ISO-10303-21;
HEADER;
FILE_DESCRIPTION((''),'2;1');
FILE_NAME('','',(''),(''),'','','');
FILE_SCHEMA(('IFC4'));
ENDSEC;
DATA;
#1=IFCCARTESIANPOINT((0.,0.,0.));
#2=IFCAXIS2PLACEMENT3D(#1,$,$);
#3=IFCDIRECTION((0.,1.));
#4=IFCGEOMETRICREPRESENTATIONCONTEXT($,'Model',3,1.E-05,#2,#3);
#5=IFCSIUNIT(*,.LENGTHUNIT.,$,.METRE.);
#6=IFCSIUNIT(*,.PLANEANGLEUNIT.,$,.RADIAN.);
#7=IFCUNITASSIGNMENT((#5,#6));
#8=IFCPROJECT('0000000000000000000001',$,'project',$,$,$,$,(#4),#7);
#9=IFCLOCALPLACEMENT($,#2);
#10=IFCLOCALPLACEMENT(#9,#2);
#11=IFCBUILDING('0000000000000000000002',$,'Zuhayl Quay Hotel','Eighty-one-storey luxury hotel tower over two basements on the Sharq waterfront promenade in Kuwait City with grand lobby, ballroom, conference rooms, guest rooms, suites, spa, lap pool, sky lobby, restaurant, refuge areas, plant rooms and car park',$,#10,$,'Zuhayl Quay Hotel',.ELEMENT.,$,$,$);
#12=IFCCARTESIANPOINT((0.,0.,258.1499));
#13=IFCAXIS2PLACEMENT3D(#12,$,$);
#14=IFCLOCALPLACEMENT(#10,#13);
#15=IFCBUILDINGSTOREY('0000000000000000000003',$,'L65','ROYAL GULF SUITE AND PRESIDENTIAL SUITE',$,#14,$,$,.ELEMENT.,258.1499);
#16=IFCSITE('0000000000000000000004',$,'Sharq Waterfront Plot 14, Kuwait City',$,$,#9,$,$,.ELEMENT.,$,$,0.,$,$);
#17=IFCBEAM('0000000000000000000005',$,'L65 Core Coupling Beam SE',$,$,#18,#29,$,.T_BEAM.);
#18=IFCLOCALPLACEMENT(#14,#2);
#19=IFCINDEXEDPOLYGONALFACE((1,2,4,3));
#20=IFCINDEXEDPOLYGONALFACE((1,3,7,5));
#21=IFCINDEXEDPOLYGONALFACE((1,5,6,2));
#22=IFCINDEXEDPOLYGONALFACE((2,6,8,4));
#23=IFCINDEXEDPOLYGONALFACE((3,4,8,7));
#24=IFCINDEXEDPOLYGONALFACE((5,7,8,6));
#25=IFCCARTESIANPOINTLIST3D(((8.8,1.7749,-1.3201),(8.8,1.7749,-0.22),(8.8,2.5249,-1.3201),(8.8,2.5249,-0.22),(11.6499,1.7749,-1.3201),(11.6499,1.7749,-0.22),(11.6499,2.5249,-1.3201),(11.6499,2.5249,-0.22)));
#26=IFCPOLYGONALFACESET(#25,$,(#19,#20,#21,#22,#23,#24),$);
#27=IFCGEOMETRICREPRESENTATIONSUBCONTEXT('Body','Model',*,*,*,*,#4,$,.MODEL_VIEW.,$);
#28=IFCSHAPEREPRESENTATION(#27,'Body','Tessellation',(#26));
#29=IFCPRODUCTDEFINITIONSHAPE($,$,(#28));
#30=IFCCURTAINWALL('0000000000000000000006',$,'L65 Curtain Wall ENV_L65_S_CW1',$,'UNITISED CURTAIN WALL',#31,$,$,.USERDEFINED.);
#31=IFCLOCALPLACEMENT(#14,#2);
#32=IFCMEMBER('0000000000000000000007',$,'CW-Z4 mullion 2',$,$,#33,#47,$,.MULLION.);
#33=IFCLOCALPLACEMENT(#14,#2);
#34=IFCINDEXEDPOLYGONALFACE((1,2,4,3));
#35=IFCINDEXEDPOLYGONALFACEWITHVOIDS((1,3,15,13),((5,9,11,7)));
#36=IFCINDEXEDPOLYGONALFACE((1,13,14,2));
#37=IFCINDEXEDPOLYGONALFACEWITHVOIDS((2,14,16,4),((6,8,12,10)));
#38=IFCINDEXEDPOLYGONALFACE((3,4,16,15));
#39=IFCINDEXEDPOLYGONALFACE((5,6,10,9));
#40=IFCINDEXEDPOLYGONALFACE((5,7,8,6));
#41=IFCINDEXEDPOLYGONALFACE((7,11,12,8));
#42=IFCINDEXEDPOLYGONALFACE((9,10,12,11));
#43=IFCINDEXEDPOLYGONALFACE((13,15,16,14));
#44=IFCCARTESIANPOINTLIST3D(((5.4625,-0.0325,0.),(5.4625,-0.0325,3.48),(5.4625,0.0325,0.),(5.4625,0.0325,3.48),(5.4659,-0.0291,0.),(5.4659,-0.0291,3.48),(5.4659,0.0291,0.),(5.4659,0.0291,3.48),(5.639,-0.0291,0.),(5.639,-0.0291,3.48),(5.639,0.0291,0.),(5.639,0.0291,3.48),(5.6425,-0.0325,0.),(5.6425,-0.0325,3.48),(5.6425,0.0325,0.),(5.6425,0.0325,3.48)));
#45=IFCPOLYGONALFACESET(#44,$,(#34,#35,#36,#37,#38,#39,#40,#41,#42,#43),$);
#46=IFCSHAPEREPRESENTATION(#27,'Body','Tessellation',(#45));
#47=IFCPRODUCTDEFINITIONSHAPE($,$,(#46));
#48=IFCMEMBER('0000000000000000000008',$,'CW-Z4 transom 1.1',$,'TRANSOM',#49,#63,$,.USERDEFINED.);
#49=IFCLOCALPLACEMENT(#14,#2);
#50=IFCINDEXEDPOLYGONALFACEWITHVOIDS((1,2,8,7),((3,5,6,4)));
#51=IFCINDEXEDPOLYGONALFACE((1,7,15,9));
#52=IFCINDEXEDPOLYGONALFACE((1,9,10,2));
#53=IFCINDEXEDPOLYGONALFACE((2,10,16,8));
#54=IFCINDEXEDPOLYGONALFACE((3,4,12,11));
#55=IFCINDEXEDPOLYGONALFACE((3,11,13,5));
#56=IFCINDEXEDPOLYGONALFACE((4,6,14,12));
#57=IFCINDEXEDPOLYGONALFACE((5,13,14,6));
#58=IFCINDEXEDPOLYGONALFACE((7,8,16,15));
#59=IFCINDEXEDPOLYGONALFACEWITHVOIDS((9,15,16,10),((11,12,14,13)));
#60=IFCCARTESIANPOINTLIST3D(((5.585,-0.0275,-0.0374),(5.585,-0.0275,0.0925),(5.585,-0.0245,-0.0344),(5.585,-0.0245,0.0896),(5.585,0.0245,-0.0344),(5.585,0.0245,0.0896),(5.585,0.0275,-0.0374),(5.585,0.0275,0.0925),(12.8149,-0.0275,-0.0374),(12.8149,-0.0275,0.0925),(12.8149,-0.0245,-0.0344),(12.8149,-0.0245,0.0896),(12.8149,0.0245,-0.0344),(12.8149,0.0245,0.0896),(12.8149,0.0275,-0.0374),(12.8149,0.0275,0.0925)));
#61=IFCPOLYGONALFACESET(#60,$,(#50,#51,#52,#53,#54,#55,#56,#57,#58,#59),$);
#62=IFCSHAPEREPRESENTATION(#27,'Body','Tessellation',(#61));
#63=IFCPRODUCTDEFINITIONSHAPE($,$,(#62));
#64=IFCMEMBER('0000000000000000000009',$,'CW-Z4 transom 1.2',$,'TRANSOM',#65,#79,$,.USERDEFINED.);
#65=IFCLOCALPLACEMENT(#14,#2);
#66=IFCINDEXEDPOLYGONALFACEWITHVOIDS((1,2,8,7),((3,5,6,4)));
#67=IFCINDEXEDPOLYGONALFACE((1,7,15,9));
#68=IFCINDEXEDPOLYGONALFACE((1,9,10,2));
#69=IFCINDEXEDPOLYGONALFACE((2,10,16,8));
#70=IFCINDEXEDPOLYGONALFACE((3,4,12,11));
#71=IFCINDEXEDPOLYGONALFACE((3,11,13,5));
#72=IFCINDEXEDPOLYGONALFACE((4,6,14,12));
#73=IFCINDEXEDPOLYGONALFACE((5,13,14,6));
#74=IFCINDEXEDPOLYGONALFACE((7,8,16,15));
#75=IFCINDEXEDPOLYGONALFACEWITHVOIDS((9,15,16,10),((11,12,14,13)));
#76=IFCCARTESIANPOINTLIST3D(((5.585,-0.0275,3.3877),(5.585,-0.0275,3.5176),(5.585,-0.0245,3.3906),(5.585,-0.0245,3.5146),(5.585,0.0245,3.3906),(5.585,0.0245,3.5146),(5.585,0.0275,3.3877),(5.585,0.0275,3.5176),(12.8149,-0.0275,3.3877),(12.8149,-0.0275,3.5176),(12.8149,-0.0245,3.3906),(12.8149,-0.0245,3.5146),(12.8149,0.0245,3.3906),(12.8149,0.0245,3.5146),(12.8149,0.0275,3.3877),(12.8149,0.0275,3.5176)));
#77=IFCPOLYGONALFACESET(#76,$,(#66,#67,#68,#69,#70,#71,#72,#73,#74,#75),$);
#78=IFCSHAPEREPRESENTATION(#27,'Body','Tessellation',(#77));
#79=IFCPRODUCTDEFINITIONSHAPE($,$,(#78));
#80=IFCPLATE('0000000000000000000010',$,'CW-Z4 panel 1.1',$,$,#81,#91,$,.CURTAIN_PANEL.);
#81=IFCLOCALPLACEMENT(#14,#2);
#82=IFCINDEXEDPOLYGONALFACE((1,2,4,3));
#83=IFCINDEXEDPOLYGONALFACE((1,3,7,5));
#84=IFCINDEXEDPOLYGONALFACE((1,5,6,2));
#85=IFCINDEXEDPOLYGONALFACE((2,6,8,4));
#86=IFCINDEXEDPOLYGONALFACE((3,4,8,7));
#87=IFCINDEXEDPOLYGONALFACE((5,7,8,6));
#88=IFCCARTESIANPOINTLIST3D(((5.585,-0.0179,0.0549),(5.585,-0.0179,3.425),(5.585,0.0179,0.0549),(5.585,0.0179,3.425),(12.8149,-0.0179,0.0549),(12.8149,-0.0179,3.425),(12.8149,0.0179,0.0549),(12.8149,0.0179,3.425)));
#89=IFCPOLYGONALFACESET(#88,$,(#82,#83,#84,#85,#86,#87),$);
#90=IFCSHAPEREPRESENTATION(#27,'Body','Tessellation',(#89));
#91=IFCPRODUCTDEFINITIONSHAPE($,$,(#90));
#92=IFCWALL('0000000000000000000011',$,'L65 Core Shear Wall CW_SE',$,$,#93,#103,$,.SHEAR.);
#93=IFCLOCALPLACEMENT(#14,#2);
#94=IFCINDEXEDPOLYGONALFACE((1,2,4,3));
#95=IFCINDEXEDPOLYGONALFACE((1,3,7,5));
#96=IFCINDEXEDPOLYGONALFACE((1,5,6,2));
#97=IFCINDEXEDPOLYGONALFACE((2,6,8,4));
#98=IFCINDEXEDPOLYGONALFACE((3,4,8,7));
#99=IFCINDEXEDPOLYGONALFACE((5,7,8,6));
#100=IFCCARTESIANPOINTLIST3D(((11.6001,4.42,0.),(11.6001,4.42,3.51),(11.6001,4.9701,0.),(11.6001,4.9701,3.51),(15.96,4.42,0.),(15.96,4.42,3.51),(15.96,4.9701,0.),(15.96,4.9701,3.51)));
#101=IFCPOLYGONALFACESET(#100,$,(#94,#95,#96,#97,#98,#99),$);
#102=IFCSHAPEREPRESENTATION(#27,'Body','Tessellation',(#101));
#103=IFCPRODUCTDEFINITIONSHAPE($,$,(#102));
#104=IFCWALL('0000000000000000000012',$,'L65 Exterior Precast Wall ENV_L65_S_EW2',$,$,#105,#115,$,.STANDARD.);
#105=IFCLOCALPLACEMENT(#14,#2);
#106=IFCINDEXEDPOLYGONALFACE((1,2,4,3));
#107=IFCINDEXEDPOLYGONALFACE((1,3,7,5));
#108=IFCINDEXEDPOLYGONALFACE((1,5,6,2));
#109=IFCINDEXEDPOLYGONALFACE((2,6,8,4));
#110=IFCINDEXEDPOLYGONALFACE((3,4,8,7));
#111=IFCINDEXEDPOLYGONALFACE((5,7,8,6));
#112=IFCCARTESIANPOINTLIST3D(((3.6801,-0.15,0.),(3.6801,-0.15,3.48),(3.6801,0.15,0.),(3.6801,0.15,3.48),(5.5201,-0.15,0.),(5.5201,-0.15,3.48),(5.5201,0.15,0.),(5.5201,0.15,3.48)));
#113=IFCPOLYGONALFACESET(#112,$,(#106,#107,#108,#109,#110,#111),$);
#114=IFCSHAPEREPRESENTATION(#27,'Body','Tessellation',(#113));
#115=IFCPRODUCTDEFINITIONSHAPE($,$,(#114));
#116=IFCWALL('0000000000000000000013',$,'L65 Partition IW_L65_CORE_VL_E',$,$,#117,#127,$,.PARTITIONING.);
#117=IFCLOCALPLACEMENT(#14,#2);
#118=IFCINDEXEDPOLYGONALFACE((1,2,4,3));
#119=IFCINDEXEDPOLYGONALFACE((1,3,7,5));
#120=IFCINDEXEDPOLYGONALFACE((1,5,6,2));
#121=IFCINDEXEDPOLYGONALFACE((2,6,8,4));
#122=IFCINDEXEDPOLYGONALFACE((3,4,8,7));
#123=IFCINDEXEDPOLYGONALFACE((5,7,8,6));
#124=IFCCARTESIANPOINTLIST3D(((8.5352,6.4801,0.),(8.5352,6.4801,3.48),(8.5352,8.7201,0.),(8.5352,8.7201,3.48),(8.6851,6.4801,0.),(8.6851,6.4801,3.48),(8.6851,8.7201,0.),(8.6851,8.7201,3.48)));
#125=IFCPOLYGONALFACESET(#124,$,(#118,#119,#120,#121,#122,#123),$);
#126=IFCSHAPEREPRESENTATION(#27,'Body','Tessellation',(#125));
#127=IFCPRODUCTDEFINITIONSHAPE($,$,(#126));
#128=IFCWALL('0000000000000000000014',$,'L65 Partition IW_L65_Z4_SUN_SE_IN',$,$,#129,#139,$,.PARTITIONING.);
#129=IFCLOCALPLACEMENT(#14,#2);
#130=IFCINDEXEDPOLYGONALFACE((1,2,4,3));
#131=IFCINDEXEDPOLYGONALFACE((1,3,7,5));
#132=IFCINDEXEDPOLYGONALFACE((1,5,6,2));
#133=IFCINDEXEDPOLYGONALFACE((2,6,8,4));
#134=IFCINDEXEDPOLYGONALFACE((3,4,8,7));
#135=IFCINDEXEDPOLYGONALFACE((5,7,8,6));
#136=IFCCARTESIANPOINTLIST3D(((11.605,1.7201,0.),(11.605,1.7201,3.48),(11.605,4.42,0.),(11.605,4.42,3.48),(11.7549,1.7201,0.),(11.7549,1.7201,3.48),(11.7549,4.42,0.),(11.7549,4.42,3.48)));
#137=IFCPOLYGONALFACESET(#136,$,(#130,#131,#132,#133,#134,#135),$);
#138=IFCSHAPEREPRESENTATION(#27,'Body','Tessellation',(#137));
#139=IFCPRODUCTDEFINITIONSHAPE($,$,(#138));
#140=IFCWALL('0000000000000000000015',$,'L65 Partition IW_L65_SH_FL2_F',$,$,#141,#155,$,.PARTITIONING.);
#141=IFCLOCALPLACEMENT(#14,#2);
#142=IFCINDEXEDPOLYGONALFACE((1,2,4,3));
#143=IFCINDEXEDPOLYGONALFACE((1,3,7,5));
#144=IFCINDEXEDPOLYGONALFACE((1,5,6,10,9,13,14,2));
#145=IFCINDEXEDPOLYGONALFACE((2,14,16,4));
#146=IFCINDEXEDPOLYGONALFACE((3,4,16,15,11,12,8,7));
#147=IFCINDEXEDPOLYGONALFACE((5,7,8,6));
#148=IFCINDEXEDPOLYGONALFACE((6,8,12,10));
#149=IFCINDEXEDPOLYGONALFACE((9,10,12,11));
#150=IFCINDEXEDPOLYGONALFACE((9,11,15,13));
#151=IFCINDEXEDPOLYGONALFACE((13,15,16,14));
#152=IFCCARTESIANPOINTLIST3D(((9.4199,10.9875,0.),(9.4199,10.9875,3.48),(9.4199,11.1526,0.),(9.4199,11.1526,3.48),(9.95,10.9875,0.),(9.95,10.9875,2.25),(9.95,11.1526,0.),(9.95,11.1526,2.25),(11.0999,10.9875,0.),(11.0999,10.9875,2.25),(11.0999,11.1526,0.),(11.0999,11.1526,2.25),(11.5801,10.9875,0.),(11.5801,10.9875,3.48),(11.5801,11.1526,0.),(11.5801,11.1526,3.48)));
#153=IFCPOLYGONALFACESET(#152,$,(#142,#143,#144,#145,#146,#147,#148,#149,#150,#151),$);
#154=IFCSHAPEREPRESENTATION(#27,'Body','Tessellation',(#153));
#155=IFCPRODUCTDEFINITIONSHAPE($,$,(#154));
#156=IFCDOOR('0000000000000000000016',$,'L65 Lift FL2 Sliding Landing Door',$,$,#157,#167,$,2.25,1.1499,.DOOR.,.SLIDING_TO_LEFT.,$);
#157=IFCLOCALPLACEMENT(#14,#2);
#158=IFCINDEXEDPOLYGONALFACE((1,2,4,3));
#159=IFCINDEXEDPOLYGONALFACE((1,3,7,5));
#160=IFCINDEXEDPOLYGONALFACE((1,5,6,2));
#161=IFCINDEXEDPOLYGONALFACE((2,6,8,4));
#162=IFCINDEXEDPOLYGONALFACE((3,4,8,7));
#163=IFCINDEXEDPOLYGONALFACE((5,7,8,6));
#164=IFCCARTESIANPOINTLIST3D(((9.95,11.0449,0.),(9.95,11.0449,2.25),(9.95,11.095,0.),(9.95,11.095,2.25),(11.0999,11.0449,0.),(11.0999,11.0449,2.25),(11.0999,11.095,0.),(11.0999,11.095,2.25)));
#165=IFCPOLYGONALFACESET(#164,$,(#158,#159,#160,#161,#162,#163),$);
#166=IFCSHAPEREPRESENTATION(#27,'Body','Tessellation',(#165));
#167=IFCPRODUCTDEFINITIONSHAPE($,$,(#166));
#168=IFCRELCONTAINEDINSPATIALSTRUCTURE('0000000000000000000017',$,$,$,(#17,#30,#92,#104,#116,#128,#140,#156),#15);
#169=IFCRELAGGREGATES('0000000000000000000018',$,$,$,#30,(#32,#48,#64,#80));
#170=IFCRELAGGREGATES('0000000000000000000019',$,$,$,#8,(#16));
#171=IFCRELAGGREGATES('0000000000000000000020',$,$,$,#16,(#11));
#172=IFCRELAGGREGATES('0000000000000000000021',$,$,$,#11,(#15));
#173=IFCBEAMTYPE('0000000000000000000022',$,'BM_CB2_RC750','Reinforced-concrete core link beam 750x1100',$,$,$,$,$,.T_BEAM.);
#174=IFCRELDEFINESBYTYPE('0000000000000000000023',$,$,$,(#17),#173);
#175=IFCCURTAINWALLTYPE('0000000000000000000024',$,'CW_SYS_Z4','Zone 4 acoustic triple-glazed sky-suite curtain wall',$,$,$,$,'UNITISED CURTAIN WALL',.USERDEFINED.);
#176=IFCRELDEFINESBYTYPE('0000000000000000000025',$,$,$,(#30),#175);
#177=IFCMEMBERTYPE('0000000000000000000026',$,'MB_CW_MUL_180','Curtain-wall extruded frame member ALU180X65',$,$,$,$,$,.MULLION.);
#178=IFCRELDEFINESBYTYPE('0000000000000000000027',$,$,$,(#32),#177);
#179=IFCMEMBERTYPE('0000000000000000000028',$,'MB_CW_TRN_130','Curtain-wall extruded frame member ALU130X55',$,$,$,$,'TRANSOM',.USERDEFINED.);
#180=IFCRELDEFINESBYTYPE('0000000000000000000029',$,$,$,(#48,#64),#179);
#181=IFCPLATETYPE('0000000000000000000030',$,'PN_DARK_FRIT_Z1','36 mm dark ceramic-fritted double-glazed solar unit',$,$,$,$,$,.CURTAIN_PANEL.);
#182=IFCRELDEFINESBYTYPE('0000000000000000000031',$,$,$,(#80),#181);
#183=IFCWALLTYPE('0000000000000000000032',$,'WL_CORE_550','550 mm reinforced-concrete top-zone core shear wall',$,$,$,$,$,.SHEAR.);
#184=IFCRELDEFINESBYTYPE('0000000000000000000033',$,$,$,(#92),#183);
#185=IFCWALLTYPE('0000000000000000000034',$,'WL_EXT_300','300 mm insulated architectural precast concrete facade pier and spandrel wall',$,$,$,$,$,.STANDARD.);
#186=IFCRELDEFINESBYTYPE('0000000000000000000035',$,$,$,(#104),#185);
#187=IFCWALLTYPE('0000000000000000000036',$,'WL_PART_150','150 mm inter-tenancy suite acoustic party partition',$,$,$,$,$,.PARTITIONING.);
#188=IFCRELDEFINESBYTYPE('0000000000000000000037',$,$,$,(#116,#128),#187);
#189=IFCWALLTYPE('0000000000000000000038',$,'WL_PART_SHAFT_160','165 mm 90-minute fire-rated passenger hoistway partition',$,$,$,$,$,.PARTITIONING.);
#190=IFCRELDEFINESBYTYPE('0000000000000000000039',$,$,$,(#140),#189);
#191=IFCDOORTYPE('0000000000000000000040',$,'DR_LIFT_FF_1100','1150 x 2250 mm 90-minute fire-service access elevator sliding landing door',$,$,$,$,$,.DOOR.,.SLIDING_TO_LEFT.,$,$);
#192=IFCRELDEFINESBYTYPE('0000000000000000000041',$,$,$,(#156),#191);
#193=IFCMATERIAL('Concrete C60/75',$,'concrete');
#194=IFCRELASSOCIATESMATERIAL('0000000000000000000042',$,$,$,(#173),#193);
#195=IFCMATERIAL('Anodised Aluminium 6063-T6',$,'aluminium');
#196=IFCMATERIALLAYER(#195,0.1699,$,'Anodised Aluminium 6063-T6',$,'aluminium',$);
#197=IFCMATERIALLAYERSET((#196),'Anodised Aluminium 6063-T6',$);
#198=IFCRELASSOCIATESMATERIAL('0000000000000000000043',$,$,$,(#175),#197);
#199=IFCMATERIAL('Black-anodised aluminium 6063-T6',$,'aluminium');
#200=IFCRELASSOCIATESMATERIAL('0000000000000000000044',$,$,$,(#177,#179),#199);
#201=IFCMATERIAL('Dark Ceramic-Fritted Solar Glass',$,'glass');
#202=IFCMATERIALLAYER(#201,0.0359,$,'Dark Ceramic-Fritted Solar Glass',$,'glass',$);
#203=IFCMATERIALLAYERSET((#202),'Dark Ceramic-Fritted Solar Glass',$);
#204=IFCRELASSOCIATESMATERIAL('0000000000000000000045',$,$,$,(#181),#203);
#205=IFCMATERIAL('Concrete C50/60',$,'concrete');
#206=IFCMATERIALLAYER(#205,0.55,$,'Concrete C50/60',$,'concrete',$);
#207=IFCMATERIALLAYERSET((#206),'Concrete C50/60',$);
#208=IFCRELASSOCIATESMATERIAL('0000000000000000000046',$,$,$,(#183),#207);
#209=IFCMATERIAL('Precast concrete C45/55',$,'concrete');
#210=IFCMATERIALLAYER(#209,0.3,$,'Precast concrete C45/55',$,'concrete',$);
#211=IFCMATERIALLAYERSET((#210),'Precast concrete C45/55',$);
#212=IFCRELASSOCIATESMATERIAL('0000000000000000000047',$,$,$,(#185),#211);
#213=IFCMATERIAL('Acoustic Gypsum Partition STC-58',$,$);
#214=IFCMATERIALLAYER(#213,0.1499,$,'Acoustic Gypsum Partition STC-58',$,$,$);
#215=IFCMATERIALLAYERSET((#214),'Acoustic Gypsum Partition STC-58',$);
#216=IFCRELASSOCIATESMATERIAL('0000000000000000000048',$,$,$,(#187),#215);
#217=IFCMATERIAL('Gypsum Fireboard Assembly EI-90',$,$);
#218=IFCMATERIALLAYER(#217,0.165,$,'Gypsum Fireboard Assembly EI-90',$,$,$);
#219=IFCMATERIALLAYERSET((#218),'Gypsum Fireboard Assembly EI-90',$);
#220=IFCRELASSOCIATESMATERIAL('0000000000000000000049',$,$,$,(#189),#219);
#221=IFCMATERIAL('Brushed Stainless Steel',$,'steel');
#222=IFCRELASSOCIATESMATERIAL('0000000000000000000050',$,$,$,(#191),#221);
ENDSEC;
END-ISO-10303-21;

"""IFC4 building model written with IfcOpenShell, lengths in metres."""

from ifc_helpers import new_model, si_unit, direction, frame, frame_2d, origin, origin_2d, place, context, subcontext, project, spatial, rectangle, hollow_rectangle, extrude, material, layer, layer_set, material_profile, profile_set, type_object, element, fill, aggregate, save


model = new_model("IFC4")

# Units and contexts
model_context = context("Model", 3, precision=1e-05, world=origin(), true_north=direction((0.0, 1.0)))
body_context = subcontext(model_context, "Body", "Model", "MODEL_VIEW")
ifc_project = project(units=[si_unit("LENGTHUNIT", "METRE"), si_unit("PLANEANGLEUNIT", "RADIAN")], contexts=[model_context])

# Site, building, storey
site_placement = place(None, origin())
site = spatial("IfcSite", under=ifc_project, at=site_placement, Name="Sharq Waterfront Plot 14, Kuwait City", CompositionType="ELEMENT", RefElevation=0.0)
building_placement = place(site_placement, origin())
building = spatial("IfcBuilding", under=site, at=building_placement, Name="Zuhayl Quay Hotel", Description="Eighty-one-storey luxury hotel tower over two basements on the Sharq waterfront promenade in Kuwait City with grand lobby, ballroom, conference rooms, guest rooms, suites, spa, lap pool, sky lobby, restaurant, refuge areas, plant rooms and car park", LongName="Zuhayl Quay Hotel", CompositionType="ELEMENT")
storey_placement = place(building_placement, frame((0.0, 0.0, 258.1499)))
storey = spatial("IfcBuildingStorey", under=building, at=storey_placement, Name="L65", Description="ROYAL GULF SUITE AND PRESIDENTIAL SUITE", CompositionType="ELEMENT", Elevation=258.1499)

# Beam
ifc_material_1 = material(Name="Concrete C60/75", Category="concrete")
ifc_material_profile_1 = material_profile(ifc_material_1, rectangle(XDim=0.75, YDim=1.1001, at=origin_2d()), Name="RC750X1100")
ifc_profile_set_1 = profile_set([ifc_material_profile_1], Name="Concrete C60/75")
beam_type = type_object("IfcBeamType", Name="BM_CB2_RC750", Description="Reinforced-concrete core link beam 750x1100", PredefinedType="T_BEAM", material=ifc_profile_set_1)
beam_placement = place(storey_placement, frame((8.8, 2.1499, -0.77), z_axis=(1.0, 0.0, 0.0), x_axis=(0.0, 1.0, 0.0)))
element("IfcBeam", 1, at=beam_placement, inside=storey, type_object=beam_type, Name="L65 Core Coupling Beam SE", PredefinedType="T_BEAM", context=body_context, shape_type="SweptSolid", body=[
    extrude(rectangle(XDim=0.75, YDim=1.1001, at=origin_2d()), origin(), (0.0, 0.0, 1.0), 2.8499),
])

# Curtain wall, members, plate
ifc_material_2 = material(Name="Anodised Aluminium 6063-T6", Category="aluminium")
ifc_layer_1 = layer(ifc_material_2, 0.1699, Name="Anodised Aluminium 6063-T6", Category="aluminium")
ifc_layer_set_1 = layer_set([ifc_layer_1], Name="Anodised Aluminium 6063-T6")
curtain_wall_type = type_object("IfcCurtainWallType", Name="CW_SYS_Z4", Description="Zone 4 acoustic triple-glazed sky-suite curtain wall", ElementType="UNITISED CURTAIN WALL", PredefinedType="USERDEFINED", material=ifc_layer_set_1)
curtain_wall_placement = place(storey_placement, origin())
curtain_wall = element("IfcCurtainWall", 2, at=curtain_wall_placement, inside=storey, type_object=curtain_wall_type, Name="L65 Curtain Wall ENV_L65_S_CW1", ObjectType="UNITISED CURTAIN WALL", PredefinedType="USERDEFINED")
ifc_material_3 = material(Name="Black-anodised aluminium 6063-T6", Category="aluminium")
ifc_material_profile_2 = material_profile(ifc_material_3, hollow_rectangle(XDim=0.0649, YDim=0.1799, WallThickness=0.0034, at=origin_2d()), Name="ALU180X65")
ifc_profile_set_2 = profile_set([ifc_material_profile_2], Name="Black-anodised aluminium 6063-T6")
member_type_1 = type_object("IfcMemberType", Name="MB_CW_MUL_180", Description="Curtain-wall extruded frame member ALU180X65", PredefinedType="MULLION", material=ifc_profile_set_2)
member_1_placement = place(storey_placement, frame((5.5525, 0.0, 0.0), z_axis=(0.0, 0.0, 1.0), x_axis=(0.0, -1.0, 0.0)))
member_1 = element("IfcMember", 3, at=member_1_placement, type_object=member_type_1, Name="CW-Z4 mullion 2", PredefinedType="MULLION", context=body_context, shape_type="SweptSolid", body=[
    extrude(hollow_rectangle(XDim=0.0649, YDim=0.1799, WallThickness=0.0034, at=origin_2d()), origin(), (0.0, 0.0, 1.0), 3.48),
])
ifc_material_profile_3 = material_profile(ifc_material_3, hollow_rectangle(XDim=0.0549, YDim=0.1299, WallThickness=0.0029, at=origin_2d()), Name="ALU130X55")
ifc_profile_set_3 = profile_set([ifc_material_profile_3], Name="Black-anodised aluminium 6063-T6")
member_type_2 = type_object("IfcMemberType", Name="MB_CW_TRN_130", Description="Curtain-wall extruded frame member ALU130X55", ElementType="TRANSOM", PredefinedType="USERDEFINED", material=ifc_profile_set_3)
member_2_placement = place(storey_placement, frame((12.8149, 0.0, 0.0276), z_axis=(-1.0, 0.0, 0.0), x_axis=(0.0, -1.0, 0.0)))
member_2 = element("IfcMember", 4, at=member_2_placement, type_object=member_type_2, Name="CW-Z4 transom 1.1", ObjectType="TRANSOM", PredefinedType="USERDEFINED", context=body_context, shape_type="SweptSolid", body=[
    extrude(hollow_rectangle(XDim=0.0549, YDim=0.1299, WallThickness=0.0029, at=origin_2d()), origin(), (0.0, 0.0, 1.0), 7.23),
])
member_3_placement = place(storey_placement, frame((12.8149, 0.0, 3.4526), z_axis=(-1.0, 0.0, 0.0), x_axis=(0.0, -1.0, 0.0)))
member_3 = element("IfcMember", 5, at=member_3_placement, type_object=member_type_2, Name="CW-Z4 transom 1.2", ObjectType="TRANSOM", PredefinedType="USERDEFINED", context=body_context, shape_type="SweptSolid", body=[
    extrude(hollow_rectangle(XDim=0.0549, YDim=0.1299, WallThickness=0.0029, at=origin_2d()), origin(), (0.0, 0.0, 1.0), 7.23),
])
ifc_material_4 = material(Name="Dark Ceramic-Fritted Solar Glass", Category="glass")
ifc_layer_2 = layer(ifc_material_4, 0.0359, Name="Dark Ceramic-Fritted Solar Glass", Category="glass")
ifc_layer_set_2 = layer_set([ifc_layer_2], Name="Dark Ceramic-Fritted Solar Glass")
plate_type = type_object("IfcPlateType", Name="PN_DARK_FRIT_Z1", Description="36 mm dark ceramic-fritted double-glazed solar unit", PredefinedType="CURTAIN_PANEL", material=ifc_layer_set_2)
plate_placement = place(storey_placement, frame((9.2, 0.0, 0.0549), z_axis=(0.0, 0.0, 1.0), x_axis=(-1.0, 0.0, 0.0)))
plate = element("IfcPlate", 6, at=plate_placement, type_object=plate_type, Name="CW-Z4 panel 1.1", PredefinedType="CURTAIN_PANEL", context=body_context, shape_type="SweptSolid", body=[
    extrude(rectangle(XDim=7.23, YDim=0.0359, at=origin_2d()), origin(), (0.0, 0.0, 1.0), 3.3701),
])
aggregate(curtain_wall, [member_1, member_2, member_3, plate])

# Walls
ifc_material_5 = material(Name="Concrete C50/60", Category="concrete")
ifc_layer_3 = layer(ifc_material_5, 0.55, Name="Concrete C50/60", Category="concrete")
ifc_layer_set_3 = layer_set([ifc_layer_3], Name="Concrete C50/60")
wall_type_1 = type_object("IfcWallType", Name="WL_CORE_550", Description="550 mm reinforced-concrete top-zone core shear wall", PredefinedType="SHEAR", material=ifc_layer_set_3)
wall_1_placement = place(storey_placement, frame((11.6001, 4.6951, 0.0), z_axis=(0.0, 0.0, 1.0), x_axis=(1.0, 0.0, 0.0)))
element("IfcWall", 7, at=wall_1_placement, inside=storey, type_object=wall_type_1, Name="L65 Core Shear Wall CW_SE", PredefinedType="SHEAR", context=body_context, shape_type="SweptSolid", body=[
    extrude(rectangle(XDim=4.3599, YDim=0.55, at=frame_2d((2.1799, 0.0))), origin(), (0.0, 0.0, 1.0), 3.51),
])
ifc_material_6 = material(Name="Precast concrete C45/55", Category="concrete")
ifc_layer_4 = layer(ifc_material_6, 0.3, Name="Precast concrete C45/55", Category="concrete")
ifc_layer_set_4 = layer_set([ifc_layer_4], Name="Precast concrete C45/55")
wall_type_2 = type_object("IfcWallType", Name="WL_EXT_300", Description="300 mm insulated architectural precast concrete facade pier and spandrel wall", PredefinedType="STANDARD", material=ifc_layer_set_4)
wall_2_placement = place(storey_placement, frame((5.52, 0.0, 0.0), z_axis=(0.0, 0.0, 1.0), x_axis=(-1.0, 0.0, 0.0)))
element("IfcWall", 8, at=wall_2_placement, inside=storey, type_object=wall_type_2, Name="L65 Exterior Precast Wall ENV_L65_S_EW2", PredefinedType="STANDARD", context=body_context, shape_type="SweptSolid", body=[
    extrude(rectangle(XDim=1.8401, YDim=0.3, at=frame_2d((0.9199, 0.0))), origin(), (0.0, 0.0, 1.0), 3.48),
])
ifc_material_7 = material(Name="Acoustic Gypsum Partition STC-58")
ifc_layer_5 = layer(ifc_material_7, 0.1499, Name="Acoustic Gypsum Partition STC-58")
ifc_layer_set_5 = layer_set([ifc_layer_5], Name="Acoustic Gypsum Partition STC-58")
wall_type_3 = type_object("IfcWallType", Name="WL_PART_150", Description="150 mm inter-tenancy suite acoustic party partition", PredefinedType="PARTITIONING", material=ifc_layer_set_5)
wall_3_placement = place(storey_placement, frame((8.6101, 6.48, 0.0), z_axis=(0.0, 0.0, 1.0), x_axis=(0.0, 1.0, 0.0)))
element("IfcWall", 9, at=wall_3_placement, inside=storey, type_object=wall_type_3, Name="L65 Partition IW_L65_CORE_VL_E", PredefinedType="PARTITIONING", context=body_context, shape_type="SweptSolid", body=[
    extrude(rectangle(XDim=2.24, YDim=0.1499, at=frame_2d((1.1201, 0.0))), origin(), (0.0, 0.0, 1.0), 3.48),
])
wall_4_placement = place(storey_placement, frame((11.6799, 1.72, 0.0), z_axis=(0.0, 0.0, 1.0), x_axis=(0.0, 1.0, 0.0)))
element("IfcWall", 10, at=wall_4_placement, inside=storey, type_object=wall_type_3, Name="L65 Partition IW_L65_Z4_SUN_SE_IN", PredefinedType="PARTITIONING", context=body_context, shape_type="SweptSolid", body=[
    extrude(rectangle(XDim=2.7, YDim=0.1499, at=frame_2d((1.3501, 0.0))), origin(), (0.0, 0.0, 1.0), 3.48),
])

# Wall, opening, door
ifc_material_8 = material(Name="Gypsum Fireboard Assembly EI-90")
ifc_layer_6 = layer(ifc_material_8, 0.165, Name="Gypsum Fireboard Assembly EI-90")
ifc_layer_set_6 = layer_set([ifc_layer_6], Name="Gypsum Fireboard Assembly EI-90")
wall_type_4 = type_object("IfcWallType", Name="WL_PART_SHAFT_160", Description="165 mm 90-minute fire-rated passenger hoistway partition", PredefinedType="PARTITIONING", material=ifc_layer_set_6)
wall_5_placement = place(storey_placement, frame((9.4199, 11.0701, 0.0), z_axis=(0.0, 0.0, 1.0), x_axis=(1.0, 0.0, 0.0)))
wall_5 = element("IfcWall", 11, at=wall_5_placement, inside=storey, type_object=wall_type_4, Name="L65 Partition IW_L65_SH_FL2_F", PredefinedType="PARTITIONING", context=body_context, shape_type="SweptSolid", body=[
    extrude(rectangle(XDim=2.1602, YDim=0.165, at=frame_2d((1.0801, 0.0))), origin(), (0.0, 0.0, 1.0), 3.48),
])
opening_1_placement = place(wall_5_placement, frame((0.53, 0.0, 0.0)))
opening_1 = element("IfcOpeningElement", 12, at=opening_1_placement, cuts=wall_5, PredefinedType="OPENING", context=body_context, shape_type="SweptSolid", body=[
    extrude(rectangle(XDim=1.1499, YDim=2.25, at=frame_2d((0.575, 1.125))), frame((0.0, 0.0925, 0.0), z_axis=(0.0, -1.0, 0.0), x_axis=(1.0, 0.0, 0.0)), (0.0, 0.0, 1.0), 0.1851),
])
ifc_material_9 = material(Name="Brushed Stainless Steel", Category="steel")
door_type_1 = type_object("IfcDoorType", Name="DR_LIFT_FF_1100", Description="1150 x 2250 mm 90-minute fire-service access elevator sliding landing door", OperationType="SLIDING_TO_LEFT", PredefinedType="DOOR", material=ifc_material_9)
door_1_placement = place(opening_1_placement, origin())
door_1 = element("IfcDoor", 13, at=door_1_placement, inside=storey, type_object=door_type_1, Name="L65 Lift FL2 Sliding Landing Door", OperationType="SLIDING_TO_LEFT", OverallHeight=2.25, OverallWidth=1.1499, PredefinedType="DOOR", context=body_context, shape_type="SweptSolid", body=[
    extrude(rectangle(XDim=1.1499, YDim=2.25, at=frame_2d((0.575, 1.125))), frame((0.0, 0.0249, 0.0), z_axis=(0.0, -1.0, 0.0), x_axis=(1.0, 0.0, 0.0)), (0.0, 0.0, 1.0), 0.05),
])
fill(opening_1, door_1)

save(model, "model.ifc")
